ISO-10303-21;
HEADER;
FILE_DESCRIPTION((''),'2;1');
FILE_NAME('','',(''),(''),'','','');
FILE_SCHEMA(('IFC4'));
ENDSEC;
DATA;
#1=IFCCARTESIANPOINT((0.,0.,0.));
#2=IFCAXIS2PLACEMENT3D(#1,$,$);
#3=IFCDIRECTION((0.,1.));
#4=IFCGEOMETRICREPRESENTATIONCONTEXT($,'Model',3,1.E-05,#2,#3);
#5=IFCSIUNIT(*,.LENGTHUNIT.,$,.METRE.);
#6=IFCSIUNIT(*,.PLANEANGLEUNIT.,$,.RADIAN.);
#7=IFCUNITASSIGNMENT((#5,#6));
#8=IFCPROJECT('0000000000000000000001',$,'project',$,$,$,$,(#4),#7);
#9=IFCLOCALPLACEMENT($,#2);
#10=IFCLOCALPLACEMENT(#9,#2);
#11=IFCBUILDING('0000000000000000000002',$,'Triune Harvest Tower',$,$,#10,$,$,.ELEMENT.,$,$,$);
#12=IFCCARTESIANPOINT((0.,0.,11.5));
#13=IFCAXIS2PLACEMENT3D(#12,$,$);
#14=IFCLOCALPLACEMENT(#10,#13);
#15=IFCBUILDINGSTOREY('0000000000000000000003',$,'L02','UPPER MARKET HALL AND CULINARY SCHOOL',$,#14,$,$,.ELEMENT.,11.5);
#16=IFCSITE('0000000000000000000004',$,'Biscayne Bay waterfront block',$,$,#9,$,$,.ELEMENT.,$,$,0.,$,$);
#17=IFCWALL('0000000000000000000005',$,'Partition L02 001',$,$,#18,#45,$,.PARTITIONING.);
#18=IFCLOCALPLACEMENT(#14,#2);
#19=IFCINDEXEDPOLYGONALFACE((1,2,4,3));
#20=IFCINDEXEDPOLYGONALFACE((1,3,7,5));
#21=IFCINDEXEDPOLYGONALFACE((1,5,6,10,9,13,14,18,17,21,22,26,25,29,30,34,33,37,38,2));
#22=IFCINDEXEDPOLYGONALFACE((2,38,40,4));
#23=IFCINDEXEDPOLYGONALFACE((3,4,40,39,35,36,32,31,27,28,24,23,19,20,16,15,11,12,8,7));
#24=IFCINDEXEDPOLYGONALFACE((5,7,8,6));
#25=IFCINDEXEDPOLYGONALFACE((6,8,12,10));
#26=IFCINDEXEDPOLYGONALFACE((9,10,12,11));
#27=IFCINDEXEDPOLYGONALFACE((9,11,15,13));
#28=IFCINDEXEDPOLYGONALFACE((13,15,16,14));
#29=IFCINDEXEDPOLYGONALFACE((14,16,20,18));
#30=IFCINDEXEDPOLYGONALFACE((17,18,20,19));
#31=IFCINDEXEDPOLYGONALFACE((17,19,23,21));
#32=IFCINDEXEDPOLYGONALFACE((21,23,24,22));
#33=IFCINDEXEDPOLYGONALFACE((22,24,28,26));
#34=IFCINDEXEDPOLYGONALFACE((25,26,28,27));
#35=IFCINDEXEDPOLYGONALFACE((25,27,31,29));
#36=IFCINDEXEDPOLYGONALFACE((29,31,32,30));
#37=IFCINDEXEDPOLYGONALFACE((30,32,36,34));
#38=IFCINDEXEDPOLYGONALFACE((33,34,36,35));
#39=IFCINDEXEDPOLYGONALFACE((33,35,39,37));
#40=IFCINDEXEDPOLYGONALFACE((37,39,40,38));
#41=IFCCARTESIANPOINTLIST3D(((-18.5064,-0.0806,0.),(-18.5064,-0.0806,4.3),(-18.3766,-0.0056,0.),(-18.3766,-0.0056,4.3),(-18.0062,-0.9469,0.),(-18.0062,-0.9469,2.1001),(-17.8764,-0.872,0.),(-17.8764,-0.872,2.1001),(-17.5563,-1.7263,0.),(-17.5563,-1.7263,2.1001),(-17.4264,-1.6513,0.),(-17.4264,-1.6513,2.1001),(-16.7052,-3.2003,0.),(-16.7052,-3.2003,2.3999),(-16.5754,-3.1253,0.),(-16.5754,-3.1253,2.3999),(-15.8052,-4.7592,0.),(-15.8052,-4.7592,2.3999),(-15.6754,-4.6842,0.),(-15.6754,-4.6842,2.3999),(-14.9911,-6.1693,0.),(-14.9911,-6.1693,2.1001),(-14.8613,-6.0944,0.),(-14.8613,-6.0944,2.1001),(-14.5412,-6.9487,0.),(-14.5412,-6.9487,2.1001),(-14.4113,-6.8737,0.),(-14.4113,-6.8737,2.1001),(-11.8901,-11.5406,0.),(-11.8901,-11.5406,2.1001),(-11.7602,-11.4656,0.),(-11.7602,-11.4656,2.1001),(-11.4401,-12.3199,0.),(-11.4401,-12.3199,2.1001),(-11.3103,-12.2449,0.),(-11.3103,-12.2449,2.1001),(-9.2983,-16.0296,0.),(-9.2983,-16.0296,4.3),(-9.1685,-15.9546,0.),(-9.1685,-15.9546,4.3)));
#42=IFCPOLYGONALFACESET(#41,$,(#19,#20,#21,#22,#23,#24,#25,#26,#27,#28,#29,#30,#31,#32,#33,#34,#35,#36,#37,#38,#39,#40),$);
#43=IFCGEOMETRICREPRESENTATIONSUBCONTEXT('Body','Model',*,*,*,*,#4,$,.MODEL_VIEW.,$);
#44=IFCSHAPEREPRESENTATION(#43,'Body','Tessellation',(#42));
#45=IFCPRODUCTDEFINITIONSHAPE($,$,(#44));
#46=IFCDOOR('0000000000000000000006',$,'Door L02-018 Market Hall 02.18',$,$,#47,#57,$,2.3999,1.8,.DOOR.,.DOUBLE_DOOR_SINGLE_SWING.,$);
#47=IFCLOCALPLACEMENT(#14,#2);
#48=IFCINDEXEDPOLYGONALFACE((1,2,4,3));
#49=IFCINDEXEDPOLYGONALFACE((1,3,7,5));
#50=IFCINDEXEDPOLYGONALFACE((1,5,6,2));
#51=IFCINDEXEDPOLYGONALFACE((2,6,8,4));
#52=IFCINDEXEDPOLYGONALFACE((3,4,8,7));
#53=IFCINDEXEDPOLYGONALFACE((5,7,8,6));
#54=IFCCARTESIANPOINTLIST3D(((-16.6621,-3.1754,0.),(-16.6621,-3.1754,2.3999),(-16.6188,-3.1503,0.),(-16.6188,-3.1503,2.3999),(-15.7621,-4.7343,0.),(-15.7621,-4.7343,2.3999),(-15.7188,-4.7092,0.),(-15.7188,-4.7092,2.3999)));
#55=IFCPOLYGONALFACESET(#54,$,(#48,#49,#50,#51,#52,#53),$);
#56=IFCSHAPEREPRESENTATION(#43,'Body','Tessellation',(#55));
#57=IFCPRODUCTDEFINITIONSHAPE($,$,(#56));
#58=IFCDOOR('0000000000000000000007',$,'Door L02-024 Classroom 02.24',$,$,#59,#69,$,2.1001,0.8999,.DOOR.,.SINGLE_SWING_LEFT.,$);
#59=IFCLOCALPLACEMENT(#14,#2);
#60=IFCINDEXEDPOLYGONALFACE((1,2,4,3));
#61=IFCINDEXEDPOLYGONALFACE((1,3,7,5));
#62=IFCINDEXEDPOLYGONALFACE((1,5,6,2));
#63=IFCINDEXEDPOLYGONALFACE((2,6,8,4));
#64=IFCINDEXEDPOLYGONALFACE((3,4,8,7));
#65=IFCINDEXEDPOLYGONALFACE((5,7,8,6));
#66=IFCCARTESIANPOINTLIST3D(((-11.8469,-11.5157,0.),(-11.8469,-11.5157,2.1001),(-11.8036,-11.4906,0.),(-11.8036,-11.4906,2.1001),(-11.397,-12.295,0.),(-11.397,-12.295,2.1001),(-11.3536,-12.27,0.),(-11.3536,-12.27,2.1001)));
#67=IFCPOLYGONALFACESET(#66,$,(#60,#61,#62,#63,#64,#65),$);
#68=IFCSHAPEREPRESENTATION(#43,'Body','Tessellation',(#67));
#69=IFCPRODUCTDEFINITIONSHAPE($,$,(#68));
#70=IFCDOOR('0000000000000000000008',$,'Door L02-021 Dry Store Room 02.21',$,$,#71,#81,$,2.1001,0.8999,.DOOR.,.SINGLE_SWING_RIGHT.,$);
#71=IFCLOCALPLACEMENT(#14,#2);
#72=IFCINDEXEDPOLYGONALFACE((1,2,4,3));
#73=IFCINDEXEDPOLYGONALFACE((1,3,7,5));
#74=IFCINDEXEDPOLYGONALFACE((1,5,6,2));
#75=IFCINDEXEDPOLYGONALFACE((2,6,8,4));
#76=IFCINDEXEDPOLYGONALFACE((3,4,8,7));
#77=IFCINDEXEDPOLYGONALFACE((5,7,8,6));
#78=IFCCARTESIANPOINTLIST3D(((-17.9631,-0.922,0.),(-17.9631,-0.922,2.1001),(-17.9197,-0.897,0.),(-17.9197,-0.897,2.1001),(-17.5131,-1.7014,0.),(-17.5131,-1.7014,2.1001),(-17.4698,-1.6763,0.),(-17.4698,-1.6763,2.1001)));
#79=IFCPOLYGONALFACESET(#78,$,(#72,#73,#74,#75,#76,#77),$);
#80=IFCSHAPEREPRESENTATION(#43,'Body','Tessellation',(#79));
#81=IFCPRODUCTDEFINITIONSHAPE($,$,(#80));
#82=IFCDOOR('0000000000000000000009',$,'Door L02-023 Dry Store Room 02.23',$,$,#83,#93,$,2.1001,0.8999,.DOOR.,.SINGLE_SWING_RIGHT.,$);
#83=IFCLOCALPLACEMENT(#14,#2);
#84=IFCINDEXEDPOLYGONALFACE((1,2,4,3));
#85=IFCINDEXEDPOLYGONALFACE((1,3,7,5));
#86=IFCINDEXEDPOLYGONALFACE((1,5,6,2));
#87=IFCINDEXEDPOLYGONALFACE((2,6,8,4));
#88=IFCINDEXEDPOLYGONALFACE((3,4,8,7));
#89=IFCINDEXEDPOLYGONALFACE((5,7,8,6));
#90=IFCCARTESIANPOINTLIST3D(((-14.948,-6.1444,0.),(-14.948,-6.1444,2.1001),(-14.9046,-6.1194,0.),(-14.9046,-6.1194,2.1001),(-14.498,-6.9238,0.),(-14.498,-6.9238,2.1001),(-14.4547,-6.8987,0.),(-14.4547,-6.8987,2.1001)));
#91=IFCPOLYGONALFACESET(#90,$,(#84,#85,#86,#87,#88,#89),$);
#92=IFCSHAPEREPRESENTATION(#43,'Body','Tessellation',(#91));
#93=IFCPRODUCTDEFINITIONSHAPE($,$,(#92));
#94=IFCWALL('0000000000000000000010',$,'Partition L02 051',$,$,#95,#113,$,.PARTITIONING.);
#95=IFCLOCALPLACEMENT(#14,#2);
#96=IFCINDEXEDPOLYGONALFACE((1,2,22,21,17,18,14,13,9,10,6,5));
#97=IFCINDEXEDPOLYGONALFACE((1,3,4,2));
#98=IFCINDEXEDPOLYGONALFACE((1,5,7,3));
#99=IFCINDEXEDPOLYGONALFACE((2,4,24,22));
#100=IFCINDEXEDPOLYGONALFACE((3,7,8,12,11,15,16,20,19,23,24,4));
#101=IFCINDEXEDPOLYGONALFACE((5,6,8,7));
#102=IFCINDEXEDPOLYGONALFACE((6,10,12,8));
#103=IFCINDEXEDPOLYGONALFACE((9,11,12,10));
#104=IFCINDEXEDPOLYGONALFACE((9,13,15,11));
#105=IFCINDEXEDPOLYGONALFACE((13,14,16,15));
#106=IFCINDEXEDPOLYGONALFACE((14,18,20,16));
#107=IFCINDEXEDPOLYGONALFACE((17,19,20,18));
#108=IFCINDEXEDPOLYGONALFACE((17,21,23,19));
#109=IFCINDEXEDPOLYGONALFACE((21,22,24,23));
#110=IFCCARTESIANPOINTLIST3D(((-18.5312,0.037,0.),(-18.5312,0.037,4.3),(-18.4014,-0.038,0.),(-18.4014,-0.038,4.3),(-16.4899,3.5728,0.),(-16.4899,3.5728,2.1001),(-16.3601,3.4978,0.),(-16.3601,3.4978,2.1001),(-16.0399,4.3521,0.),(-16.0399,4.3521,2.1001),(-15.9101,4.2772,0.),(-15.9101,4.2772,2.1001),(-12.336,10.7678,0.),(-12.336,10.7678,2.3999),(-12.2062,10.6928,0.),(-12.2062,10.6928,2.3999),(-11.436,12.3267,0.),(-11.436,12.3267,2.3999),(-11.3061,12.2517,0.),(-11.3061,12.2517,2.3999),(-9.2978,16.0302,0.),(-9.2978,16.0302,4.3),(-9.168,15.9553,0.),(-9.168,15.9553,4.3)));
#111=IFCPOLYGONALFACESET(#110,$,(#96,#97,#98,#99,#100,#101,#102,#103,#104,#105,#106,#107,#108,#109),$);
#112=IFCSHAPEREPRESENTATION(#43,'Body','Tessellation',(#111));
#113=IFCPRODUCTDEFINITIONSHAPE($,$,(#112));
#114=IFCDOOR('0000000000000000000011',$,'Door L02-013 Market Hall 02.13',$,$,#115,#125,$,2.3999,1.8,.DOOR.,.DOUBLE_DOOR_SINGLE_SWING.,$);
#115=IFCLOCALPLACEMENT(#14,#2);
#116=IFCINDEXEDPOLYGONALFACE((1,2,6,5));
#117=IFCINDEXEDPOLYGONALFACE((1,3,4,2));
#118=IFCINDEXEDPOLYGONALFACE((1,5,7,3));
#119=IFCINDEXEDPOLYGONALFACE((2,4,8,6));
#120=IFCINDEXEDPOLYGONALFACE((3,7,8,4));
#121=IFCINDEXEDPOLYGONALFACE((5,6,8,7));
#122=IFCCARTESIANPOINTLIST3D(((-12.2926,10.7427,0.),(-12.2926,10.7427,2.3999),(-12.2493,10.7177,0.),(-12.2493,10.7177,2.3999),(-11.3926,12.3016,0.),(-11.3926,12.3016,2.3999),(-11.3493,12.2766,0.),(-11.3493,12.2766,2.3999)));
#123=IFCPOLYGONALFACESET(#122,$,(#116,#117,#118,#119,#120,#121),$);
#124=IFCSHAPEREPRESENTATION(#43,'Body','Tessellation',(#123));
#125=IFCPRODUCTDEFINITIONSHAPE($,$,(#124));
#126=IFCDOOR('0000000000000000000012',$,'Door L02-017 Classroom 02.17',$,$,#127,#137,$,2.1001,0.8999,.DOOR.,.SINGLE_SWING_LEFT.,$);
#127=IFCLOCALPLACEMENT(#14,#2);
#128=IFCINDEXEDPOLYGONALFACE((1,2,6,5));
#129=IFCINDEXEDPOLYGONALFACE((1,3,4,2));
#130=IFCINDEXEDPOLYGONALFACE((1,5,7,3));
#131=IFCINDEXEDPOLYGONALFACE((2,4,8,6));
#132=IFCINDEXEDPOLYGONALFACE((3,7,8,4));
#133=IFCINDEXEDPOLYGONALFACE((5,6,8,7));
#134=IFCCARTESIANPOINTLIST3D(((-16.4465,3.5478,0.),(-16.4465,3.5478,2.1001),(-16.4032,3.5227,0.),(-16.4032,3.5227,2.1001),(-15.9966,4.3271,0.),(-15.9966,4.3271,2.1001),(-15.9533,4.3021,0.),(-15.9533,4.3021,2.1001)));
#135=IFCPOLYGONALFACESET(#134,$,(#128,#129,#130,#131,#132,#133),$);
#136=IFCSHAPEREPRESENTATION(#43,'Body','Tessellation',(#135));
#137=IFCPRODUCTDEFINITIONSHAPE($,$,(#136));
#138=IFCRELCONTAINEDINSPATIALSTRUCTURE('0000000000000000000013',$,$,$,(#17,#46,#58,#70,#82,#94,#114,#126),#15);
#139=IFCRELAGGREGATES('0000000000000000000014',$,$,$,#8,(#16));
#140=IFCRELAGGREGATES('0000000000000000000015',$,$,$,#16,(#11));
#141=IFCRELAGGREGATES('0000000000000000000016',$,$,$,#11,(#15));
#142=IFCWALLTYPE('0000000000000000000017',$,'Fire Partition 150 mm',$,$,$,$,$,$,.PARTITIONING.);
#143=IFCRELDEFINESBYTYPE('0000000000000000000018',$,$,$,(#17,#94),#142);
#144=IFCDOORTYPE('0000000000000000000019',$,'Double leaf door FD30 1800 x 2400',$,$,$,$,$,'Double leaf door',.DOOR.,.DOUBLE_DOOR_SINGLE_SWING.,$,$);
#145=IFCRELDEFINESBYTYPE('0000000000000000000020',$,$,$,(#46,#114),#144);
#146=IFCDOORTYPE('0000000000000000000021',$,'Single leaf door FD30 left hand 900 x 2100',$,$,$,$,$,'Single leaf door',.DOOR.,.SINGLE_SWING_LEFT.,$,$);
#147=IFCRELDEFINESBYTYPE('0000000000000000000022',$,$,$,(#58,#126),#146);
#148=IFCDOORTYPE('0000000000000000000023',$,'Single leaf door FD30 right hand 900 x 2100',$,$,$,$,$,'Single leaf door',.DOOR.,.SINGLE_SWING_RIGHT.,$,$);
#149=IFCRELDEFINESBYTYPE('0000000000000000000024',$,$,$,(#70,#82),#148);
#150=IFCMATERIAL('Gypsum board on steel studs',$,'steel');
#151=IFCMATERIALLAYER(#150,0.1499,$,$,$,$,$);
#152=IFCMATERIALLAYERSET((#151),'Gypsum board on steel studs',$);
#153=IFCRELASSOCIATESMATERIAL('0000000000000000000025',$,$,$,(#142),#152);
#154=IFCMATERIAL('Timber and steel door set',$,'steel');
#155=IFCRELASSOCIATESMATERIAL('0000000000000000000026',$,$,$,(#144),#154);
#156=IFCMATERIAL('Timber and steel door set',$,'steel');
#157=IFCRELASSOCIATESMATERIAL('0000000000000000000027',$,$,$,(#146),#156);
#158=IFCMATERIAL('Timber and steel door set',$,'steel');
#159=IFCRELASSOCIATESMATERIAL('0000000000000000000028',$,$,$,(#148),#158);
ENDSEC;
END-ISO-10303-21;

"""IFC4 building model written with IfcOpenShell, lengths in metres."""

from ifc_helpers import new_model, si_unit, direction, frame, frame_2d, origin, place, context, subcontext, project, spatial, rectangle, extrude, material, layer, layer_set, type_object, element, fill, save


model = new_model("IFC4")

# Units and contexts
model_context = context("Model", 3, precision=1e-05, world=origin(), true_north=direction((0.0, 1.0)))
body_context = subcontext(model_context, "Body", "Model", "MODEL_VIEW")
ifc_project = project(units=[si_unit("LENGTHUNIT", "METRE"), si_unit("PLANEANGLEUNIT", "RADIAN")], contexts=[model_context])

# Site, building, storey
site_placement = place(None, origin())
site = spatial("IfcSite", under=ifc_project, at=site_placement, Name="Biscayne Bay waterfront block", CompositionType="ELEMENT", RefElevation=0.0)
building_placement = place(site_placement, origin())
building = spatial("IfcBuilding", under=site, at=building_placement, Name="Triune Harvest Tower", CompositionType="ELEMENT")
storey_placement = place(building_placement, frame((0.0, 0.0, 11.5)))
storey = spatial("IfcBuildingStorey", under=building, at=storey_placement, Name="L02", Description="UPPER MARKET HALL AND CULINARY SCHOOL", CompositionType="ELEMENT", Elevation=11.5)

# Walls, openings, doors
ifc_material_1 = material(Name="Gypsum board on steel studs", Category="steel")
ifc_layer_1 = layer(ifc_material_1, 0.1499)
ifc_layer_set_1 = layer_set([ifc_layer_1], Name="Gypsum board on steel studs")
wall_type_1 = type_object("IfcWallType", Name="Fire Partition 150 mm", PredefinedType="PARTITIONING", material=ifc_layer_set_1)
wall_1_placement = place(storey_placement, frame((-18.4414, -0.0432, 0.0), z_axis=(0.0, 0.0, 1.0), x_axis=(0.499994, -0.866029, 0.0)))
wall_1 = element("IfcWall", 1, at=wall_1_placement, inside=storey, type_object=wall_type_1, Name="Partition L02 001", PredefinedType="PARTITIONING", context=body_context, shape_type="SweptSolid", body=[
    extrude(rectangle(XDim=18.4163, YDim=0.1499, at=frame_2d((9.208, 0.0))), origin(), (0.0, 0.0, 1.0), 4.3),
])
opening_1_placement = place(wall_1_placement, frame((3.6023, 0.0, 0.0)))
opening_1 = element("IfcOpeningElement", 2, at=opening_1_placement, cuts=wall_1, PredefinedType="OPENING", context=body_context, shape_type="SweptSolid", body=[
    extrude(rectangle(XDim=1.8, YDim=2.3999, at=frame_2d((0.8999, 1.2))), frame((0.0, 0.085, 0.0), z_axis=(0.0, -1.0, 0.0), x_axis=(1.0, 0.0, 0.0)), (0.0, 0.0, 1.0), 0.1699),
])
opening_2_placement = place(wall_1_placement, frame((1.0002, 0.0, 0.0)))
opening_2 = element("IfcOpeningElement", 3, at=opening_2_placement, cuts=wall_1, PredefinedType="OPENING", context=body_context, shape_type="SweptSolid", body=[
    extrude(rectangle(XDim=0.8999, YDim=2.1001, at=frame_2d((0.45, 1.05))), frame((0.0, 0.085, 0.0), z_axis=(0.0, -1.0, 0.0), x_axis=(1.0, 0.0, 0.0)), (0.0, 0.0, 1.0), 0.1699),
])
opening_3_placement = place(wall_1_placement, frame((7.0305, 0.0, 0.0)))
opening_3 = element("IfcOpeningElement", 4, at=opening_3_placement, cuts=wall_1, PredefinedType="OPENING", context=body_context, shape_type="SweptSolid", body=[
    extrude(rectangle(XDim=0.8999, YDim=2.1001, at=frame_2d((0.45, 1.05))), frame((0.0, 0.085, 0.0), z_axis=(0.0, -1.0, 0.0), x_axis=(1.0, 0.0, 0.0)), (0.0, 0.0, 1.0), 0.1699),
])
opening_4_placement = place(wall_1_placement, frame((13.2327, 0.0, 0.0)))
opening_4 = element("IfcOpeningElement", 5, at=opening_4_placement, cuts=wall_1, PredefinedType="OPENING", context=body_context, shape_type="SweptSolid", body=[
    extrude(rectangle(XDim=0.8999, YDim=2.1001, at=frame_2d((0.45, 1.05))), frame((0.0, 0.085, 0.0), z_axis=(0.0, -1.0, 0.0), x_axis=(1.0, 0.0, 0.0)), (0.0, 0.0, 1.0), 0.1699),
])
ifc_material_2 = material(Name="Timber and steel door set", Category="steel")
door_type_1 = type_object("IfcDoorType", Name="Double leaf door FD30 1800 x 2400", ElementType="Double leaf door", OperationType="DOUBLE_DOOR_SINGLE_SWING", PredefinedType="DOOR", material=ifc_material_2)
door_1_placement = place(opening_1_placement, origin())
door_1 = element("IfcDoor", 6, at=door_1_placement, inside=storey, type_object=door_type_1, Name="Door L02-018 Market Hall 02.18", OperationType="DOUBLE_DOOR_SINGLE_SWING", OverallHeight=2.3999, OverallWidth=1.8, PredefinedType="DOOR", context=body_context, shape_type="SweptSolid", body=[
    extrude(rectangle(XDim=1.8, YDim=2.3999, at=frame_2d((0.8999, 1.2))), frame((0.0, 0.0249, 0.0), z_axis=(0.0, -1.0, 0.0), x_axis=(1.0, 0.0, 0.0)), (0.0, 0.0, 1.0), 0.05),
])
fill(opening_1, door_1)
ifc_material_3 = material(Name="Timber and steel door set", Category="steel")
door_type_2 = type_object("IfcDoorType", Name="Single leaf door FD30 left hand 900 x 2100", ElementType="Single leaf door", OperationType="SINGLE_SWING_LEFT", PredefinedType="DOOR", material=ifc_material_3)
door_2_placement = place(opening_4_placement, origin())
door_2 = element("IfcDoor", 7, at=door_2_placement, inside=storey, type_object=door_type_2, Name="Door L02-024 Classroom 02.24", OperationType="SINGLE_SWING_LEFT", OverallHeight=2.1001, OverallWidth=0.8999, PredefinedType="DOOR", context=body_context, shape_type="SweptSolid", body=[
    extrude(rectangle(XDim=0.8999, YDim=2.1001, at=frame_2d((0.45, 1.05))), frame((0.0, 0.0249, 0.0), z_axis=(0.0, -1.0, 0.0), x_axis=(1.0, 0.0, 0.0)), (0.0, 0.0, 1.0), 0.05),
])
fill(opening_4, door_2)
ifc_material_4 = material(Name="Timber and steel door set", Category="steel")
door_type_3 = type_object("IfcDoorType", Name="Single leaf door FD30 right hand 900 x 2100", ElementType="Single leaf door", OperationType="SINGLE_SWING_RIGHT", PredefinedType="DOOR", material=ifc_material_4)
door_3_placement = place(opening_2_placement, origin())
door_3 = element("IfcDoor", 8, at=door_3_placement, inside=storey, type_object=door_type_3, Name="Door L02-021 Dry Store Room 02.21", OperationType="SINGLE_SWING_RIGHT", OverallHeight=2.1001, OverallWidth=0.8999, PredefinedType="DOOR", context=body_context, shape_type="SweptSolid", body=[
    extrude(rectangle(XDim=0.8999, YDim=2.1001, at=frame_2d((0.45, 1.05))), frame((0.0, 0.0249, 0.0), z_axis=(0.0, -1.0, 0.0), x_axis=(1.0, 0.0, 0.0)), (0.0, 0.0, 1.0), 0.05),
])
fill(opening_2, door_3)
door_4_placement = place(opening_3_placement, origin())
door_4 = element("IfcDoor", 9, at=door_4_placement, inside=storey, type_object=door_type_3, Name="Door L02-023 Dry Store Room 02.23", OperationType="SINGLE_SWING_RIGHT", OverallHeight=2.1001, OverallWidth=0.8999, PredefinedType="DOOR", context=body_context, shape_type="SweptSolid", body=[
    extrude(rectangle(XDim=0.8999, YDim=2.1001, at=frame_2d((0.45, 1.05))), frame((0.0, 0.0249, 0.0), z_axis=(0.0, -1.0, 0.0), x_axis=(1.0, 0.0, 0.0)), (0.0, 0.0, 1.0), 0.05),
])
fill(opening_3, door_4)
wall_2_placement = place(storey_placement, frame((-18.4663, -0.0005, 0.0), z_axis=(0.0, 0.0, 1.0), x_axis=(0.499989, 0.866031, 0.0)))
wall_2 = element("IfcWall", 10, at=wall_2_placement, inside=storey, type_object=wall_type_1, Name="Partition L02 051", PredefinedType="PARTITIONING", context=body_context, shape_type="SweptSolid", body=[
    extrude(rectangle(XDim=18.4673, YDim=0.1499, at=frame_2d((9.2336, 0.0))), origin(), (0.0, 0.0, 1.0), 4.3),
])
opening_5_placement = place(wall_2_placement, frame((12.3909, 0.0, 0.0)))
opening_5 = element("IfcOpeningElement", 11, at=opening_5_placement, cuts=wall_2, PredefinedType="OPENING", context=body_context, shape_type="SweptSolid", body=[
    extrude(rectangle(XDim=1.8, YDim=2.3999, at=frame_2d((0.8999, 1.2))), frame((0.0, 0.085, 0.0), z_axis=(0.0, -1.0, 0.0), x_axis=(1.0, 0.0, 0.0)), (0.0, 0.0, 1.0), 0.1699),
])
opening_6_placement = place(wall_2_placement, frame((4.0828, 0.0, 0.0)))
opening_6 = element("IfcOpeningElement", 12, at=opening_6_placement, cuts=wall_2, PredefinedType="OPENING", context=body_context, shape_type="SweptSolid", body=[
    extrude(rectangle(XDim=0.8999, YDim=2.1001, at=frame_2d((0.45, 1.05))), frame((0.0, 0.085, 0.0), z_axis=(0.0, -1.0, 0.0), x_axis=(1.0, 0.0, 0.0)), (0.0, 0.0, 1.0), 0.1699),
])
door_5_placement = place(opening_5_placement, origin())
door_5 = element("IfcDoor", 13, at=door_5_placement, inside=storey, type_object=door_type_1, Name="Door L02-013 Market Hall 02.13", OperationType="DOUBLE_DOOR_SINGLE_SWING", OverallHeight=2.3999, OverallWidth=1.8, PredefinedType="DOOR", context=body_context, shape_type="SweptSolid", body=[
    extrude(rectangle(XDim=1.8, YDim=2.3999, at=frame_2d((0.8999, 1.2))), frame((0.0, 0.0249, 0.0), z_axis=(0.0, -1.0, 0.0), x_axis=(1.0, 0.0, 0.0)), (0.0, 0.0, 1.0), 0.05),
])
fill(opening_5, door_5)
door_6_placement = place(opening_6_placement, origin())
door_6 = element("IfcDoor", 14, at=door_6_placement, inside=storey, type_object=door_type_2, Name="Door L02-017 Classroom 02.17", OperationType="SINGLE_SWING_LEFT", OverallHeight=2.1001, OverallWidth=0.8999, PredefinedType="DOOR", context=body_context, shape_type="SweptSolid", body=[
    extrude(rectangle(XDim=0.8999, YDim=2.1001, at=frame_2d((0.45, 1.05))), frame((0.0, 0.0249, 0.0), z_axis=(0.0, -1.0, 0.0), x_axis=(1.0, 0.0, 0.0)), (0.0, 0.0, 1.0), 0.05),
])
fill(opening_6, door_6)

save(model, "model.ifc")
